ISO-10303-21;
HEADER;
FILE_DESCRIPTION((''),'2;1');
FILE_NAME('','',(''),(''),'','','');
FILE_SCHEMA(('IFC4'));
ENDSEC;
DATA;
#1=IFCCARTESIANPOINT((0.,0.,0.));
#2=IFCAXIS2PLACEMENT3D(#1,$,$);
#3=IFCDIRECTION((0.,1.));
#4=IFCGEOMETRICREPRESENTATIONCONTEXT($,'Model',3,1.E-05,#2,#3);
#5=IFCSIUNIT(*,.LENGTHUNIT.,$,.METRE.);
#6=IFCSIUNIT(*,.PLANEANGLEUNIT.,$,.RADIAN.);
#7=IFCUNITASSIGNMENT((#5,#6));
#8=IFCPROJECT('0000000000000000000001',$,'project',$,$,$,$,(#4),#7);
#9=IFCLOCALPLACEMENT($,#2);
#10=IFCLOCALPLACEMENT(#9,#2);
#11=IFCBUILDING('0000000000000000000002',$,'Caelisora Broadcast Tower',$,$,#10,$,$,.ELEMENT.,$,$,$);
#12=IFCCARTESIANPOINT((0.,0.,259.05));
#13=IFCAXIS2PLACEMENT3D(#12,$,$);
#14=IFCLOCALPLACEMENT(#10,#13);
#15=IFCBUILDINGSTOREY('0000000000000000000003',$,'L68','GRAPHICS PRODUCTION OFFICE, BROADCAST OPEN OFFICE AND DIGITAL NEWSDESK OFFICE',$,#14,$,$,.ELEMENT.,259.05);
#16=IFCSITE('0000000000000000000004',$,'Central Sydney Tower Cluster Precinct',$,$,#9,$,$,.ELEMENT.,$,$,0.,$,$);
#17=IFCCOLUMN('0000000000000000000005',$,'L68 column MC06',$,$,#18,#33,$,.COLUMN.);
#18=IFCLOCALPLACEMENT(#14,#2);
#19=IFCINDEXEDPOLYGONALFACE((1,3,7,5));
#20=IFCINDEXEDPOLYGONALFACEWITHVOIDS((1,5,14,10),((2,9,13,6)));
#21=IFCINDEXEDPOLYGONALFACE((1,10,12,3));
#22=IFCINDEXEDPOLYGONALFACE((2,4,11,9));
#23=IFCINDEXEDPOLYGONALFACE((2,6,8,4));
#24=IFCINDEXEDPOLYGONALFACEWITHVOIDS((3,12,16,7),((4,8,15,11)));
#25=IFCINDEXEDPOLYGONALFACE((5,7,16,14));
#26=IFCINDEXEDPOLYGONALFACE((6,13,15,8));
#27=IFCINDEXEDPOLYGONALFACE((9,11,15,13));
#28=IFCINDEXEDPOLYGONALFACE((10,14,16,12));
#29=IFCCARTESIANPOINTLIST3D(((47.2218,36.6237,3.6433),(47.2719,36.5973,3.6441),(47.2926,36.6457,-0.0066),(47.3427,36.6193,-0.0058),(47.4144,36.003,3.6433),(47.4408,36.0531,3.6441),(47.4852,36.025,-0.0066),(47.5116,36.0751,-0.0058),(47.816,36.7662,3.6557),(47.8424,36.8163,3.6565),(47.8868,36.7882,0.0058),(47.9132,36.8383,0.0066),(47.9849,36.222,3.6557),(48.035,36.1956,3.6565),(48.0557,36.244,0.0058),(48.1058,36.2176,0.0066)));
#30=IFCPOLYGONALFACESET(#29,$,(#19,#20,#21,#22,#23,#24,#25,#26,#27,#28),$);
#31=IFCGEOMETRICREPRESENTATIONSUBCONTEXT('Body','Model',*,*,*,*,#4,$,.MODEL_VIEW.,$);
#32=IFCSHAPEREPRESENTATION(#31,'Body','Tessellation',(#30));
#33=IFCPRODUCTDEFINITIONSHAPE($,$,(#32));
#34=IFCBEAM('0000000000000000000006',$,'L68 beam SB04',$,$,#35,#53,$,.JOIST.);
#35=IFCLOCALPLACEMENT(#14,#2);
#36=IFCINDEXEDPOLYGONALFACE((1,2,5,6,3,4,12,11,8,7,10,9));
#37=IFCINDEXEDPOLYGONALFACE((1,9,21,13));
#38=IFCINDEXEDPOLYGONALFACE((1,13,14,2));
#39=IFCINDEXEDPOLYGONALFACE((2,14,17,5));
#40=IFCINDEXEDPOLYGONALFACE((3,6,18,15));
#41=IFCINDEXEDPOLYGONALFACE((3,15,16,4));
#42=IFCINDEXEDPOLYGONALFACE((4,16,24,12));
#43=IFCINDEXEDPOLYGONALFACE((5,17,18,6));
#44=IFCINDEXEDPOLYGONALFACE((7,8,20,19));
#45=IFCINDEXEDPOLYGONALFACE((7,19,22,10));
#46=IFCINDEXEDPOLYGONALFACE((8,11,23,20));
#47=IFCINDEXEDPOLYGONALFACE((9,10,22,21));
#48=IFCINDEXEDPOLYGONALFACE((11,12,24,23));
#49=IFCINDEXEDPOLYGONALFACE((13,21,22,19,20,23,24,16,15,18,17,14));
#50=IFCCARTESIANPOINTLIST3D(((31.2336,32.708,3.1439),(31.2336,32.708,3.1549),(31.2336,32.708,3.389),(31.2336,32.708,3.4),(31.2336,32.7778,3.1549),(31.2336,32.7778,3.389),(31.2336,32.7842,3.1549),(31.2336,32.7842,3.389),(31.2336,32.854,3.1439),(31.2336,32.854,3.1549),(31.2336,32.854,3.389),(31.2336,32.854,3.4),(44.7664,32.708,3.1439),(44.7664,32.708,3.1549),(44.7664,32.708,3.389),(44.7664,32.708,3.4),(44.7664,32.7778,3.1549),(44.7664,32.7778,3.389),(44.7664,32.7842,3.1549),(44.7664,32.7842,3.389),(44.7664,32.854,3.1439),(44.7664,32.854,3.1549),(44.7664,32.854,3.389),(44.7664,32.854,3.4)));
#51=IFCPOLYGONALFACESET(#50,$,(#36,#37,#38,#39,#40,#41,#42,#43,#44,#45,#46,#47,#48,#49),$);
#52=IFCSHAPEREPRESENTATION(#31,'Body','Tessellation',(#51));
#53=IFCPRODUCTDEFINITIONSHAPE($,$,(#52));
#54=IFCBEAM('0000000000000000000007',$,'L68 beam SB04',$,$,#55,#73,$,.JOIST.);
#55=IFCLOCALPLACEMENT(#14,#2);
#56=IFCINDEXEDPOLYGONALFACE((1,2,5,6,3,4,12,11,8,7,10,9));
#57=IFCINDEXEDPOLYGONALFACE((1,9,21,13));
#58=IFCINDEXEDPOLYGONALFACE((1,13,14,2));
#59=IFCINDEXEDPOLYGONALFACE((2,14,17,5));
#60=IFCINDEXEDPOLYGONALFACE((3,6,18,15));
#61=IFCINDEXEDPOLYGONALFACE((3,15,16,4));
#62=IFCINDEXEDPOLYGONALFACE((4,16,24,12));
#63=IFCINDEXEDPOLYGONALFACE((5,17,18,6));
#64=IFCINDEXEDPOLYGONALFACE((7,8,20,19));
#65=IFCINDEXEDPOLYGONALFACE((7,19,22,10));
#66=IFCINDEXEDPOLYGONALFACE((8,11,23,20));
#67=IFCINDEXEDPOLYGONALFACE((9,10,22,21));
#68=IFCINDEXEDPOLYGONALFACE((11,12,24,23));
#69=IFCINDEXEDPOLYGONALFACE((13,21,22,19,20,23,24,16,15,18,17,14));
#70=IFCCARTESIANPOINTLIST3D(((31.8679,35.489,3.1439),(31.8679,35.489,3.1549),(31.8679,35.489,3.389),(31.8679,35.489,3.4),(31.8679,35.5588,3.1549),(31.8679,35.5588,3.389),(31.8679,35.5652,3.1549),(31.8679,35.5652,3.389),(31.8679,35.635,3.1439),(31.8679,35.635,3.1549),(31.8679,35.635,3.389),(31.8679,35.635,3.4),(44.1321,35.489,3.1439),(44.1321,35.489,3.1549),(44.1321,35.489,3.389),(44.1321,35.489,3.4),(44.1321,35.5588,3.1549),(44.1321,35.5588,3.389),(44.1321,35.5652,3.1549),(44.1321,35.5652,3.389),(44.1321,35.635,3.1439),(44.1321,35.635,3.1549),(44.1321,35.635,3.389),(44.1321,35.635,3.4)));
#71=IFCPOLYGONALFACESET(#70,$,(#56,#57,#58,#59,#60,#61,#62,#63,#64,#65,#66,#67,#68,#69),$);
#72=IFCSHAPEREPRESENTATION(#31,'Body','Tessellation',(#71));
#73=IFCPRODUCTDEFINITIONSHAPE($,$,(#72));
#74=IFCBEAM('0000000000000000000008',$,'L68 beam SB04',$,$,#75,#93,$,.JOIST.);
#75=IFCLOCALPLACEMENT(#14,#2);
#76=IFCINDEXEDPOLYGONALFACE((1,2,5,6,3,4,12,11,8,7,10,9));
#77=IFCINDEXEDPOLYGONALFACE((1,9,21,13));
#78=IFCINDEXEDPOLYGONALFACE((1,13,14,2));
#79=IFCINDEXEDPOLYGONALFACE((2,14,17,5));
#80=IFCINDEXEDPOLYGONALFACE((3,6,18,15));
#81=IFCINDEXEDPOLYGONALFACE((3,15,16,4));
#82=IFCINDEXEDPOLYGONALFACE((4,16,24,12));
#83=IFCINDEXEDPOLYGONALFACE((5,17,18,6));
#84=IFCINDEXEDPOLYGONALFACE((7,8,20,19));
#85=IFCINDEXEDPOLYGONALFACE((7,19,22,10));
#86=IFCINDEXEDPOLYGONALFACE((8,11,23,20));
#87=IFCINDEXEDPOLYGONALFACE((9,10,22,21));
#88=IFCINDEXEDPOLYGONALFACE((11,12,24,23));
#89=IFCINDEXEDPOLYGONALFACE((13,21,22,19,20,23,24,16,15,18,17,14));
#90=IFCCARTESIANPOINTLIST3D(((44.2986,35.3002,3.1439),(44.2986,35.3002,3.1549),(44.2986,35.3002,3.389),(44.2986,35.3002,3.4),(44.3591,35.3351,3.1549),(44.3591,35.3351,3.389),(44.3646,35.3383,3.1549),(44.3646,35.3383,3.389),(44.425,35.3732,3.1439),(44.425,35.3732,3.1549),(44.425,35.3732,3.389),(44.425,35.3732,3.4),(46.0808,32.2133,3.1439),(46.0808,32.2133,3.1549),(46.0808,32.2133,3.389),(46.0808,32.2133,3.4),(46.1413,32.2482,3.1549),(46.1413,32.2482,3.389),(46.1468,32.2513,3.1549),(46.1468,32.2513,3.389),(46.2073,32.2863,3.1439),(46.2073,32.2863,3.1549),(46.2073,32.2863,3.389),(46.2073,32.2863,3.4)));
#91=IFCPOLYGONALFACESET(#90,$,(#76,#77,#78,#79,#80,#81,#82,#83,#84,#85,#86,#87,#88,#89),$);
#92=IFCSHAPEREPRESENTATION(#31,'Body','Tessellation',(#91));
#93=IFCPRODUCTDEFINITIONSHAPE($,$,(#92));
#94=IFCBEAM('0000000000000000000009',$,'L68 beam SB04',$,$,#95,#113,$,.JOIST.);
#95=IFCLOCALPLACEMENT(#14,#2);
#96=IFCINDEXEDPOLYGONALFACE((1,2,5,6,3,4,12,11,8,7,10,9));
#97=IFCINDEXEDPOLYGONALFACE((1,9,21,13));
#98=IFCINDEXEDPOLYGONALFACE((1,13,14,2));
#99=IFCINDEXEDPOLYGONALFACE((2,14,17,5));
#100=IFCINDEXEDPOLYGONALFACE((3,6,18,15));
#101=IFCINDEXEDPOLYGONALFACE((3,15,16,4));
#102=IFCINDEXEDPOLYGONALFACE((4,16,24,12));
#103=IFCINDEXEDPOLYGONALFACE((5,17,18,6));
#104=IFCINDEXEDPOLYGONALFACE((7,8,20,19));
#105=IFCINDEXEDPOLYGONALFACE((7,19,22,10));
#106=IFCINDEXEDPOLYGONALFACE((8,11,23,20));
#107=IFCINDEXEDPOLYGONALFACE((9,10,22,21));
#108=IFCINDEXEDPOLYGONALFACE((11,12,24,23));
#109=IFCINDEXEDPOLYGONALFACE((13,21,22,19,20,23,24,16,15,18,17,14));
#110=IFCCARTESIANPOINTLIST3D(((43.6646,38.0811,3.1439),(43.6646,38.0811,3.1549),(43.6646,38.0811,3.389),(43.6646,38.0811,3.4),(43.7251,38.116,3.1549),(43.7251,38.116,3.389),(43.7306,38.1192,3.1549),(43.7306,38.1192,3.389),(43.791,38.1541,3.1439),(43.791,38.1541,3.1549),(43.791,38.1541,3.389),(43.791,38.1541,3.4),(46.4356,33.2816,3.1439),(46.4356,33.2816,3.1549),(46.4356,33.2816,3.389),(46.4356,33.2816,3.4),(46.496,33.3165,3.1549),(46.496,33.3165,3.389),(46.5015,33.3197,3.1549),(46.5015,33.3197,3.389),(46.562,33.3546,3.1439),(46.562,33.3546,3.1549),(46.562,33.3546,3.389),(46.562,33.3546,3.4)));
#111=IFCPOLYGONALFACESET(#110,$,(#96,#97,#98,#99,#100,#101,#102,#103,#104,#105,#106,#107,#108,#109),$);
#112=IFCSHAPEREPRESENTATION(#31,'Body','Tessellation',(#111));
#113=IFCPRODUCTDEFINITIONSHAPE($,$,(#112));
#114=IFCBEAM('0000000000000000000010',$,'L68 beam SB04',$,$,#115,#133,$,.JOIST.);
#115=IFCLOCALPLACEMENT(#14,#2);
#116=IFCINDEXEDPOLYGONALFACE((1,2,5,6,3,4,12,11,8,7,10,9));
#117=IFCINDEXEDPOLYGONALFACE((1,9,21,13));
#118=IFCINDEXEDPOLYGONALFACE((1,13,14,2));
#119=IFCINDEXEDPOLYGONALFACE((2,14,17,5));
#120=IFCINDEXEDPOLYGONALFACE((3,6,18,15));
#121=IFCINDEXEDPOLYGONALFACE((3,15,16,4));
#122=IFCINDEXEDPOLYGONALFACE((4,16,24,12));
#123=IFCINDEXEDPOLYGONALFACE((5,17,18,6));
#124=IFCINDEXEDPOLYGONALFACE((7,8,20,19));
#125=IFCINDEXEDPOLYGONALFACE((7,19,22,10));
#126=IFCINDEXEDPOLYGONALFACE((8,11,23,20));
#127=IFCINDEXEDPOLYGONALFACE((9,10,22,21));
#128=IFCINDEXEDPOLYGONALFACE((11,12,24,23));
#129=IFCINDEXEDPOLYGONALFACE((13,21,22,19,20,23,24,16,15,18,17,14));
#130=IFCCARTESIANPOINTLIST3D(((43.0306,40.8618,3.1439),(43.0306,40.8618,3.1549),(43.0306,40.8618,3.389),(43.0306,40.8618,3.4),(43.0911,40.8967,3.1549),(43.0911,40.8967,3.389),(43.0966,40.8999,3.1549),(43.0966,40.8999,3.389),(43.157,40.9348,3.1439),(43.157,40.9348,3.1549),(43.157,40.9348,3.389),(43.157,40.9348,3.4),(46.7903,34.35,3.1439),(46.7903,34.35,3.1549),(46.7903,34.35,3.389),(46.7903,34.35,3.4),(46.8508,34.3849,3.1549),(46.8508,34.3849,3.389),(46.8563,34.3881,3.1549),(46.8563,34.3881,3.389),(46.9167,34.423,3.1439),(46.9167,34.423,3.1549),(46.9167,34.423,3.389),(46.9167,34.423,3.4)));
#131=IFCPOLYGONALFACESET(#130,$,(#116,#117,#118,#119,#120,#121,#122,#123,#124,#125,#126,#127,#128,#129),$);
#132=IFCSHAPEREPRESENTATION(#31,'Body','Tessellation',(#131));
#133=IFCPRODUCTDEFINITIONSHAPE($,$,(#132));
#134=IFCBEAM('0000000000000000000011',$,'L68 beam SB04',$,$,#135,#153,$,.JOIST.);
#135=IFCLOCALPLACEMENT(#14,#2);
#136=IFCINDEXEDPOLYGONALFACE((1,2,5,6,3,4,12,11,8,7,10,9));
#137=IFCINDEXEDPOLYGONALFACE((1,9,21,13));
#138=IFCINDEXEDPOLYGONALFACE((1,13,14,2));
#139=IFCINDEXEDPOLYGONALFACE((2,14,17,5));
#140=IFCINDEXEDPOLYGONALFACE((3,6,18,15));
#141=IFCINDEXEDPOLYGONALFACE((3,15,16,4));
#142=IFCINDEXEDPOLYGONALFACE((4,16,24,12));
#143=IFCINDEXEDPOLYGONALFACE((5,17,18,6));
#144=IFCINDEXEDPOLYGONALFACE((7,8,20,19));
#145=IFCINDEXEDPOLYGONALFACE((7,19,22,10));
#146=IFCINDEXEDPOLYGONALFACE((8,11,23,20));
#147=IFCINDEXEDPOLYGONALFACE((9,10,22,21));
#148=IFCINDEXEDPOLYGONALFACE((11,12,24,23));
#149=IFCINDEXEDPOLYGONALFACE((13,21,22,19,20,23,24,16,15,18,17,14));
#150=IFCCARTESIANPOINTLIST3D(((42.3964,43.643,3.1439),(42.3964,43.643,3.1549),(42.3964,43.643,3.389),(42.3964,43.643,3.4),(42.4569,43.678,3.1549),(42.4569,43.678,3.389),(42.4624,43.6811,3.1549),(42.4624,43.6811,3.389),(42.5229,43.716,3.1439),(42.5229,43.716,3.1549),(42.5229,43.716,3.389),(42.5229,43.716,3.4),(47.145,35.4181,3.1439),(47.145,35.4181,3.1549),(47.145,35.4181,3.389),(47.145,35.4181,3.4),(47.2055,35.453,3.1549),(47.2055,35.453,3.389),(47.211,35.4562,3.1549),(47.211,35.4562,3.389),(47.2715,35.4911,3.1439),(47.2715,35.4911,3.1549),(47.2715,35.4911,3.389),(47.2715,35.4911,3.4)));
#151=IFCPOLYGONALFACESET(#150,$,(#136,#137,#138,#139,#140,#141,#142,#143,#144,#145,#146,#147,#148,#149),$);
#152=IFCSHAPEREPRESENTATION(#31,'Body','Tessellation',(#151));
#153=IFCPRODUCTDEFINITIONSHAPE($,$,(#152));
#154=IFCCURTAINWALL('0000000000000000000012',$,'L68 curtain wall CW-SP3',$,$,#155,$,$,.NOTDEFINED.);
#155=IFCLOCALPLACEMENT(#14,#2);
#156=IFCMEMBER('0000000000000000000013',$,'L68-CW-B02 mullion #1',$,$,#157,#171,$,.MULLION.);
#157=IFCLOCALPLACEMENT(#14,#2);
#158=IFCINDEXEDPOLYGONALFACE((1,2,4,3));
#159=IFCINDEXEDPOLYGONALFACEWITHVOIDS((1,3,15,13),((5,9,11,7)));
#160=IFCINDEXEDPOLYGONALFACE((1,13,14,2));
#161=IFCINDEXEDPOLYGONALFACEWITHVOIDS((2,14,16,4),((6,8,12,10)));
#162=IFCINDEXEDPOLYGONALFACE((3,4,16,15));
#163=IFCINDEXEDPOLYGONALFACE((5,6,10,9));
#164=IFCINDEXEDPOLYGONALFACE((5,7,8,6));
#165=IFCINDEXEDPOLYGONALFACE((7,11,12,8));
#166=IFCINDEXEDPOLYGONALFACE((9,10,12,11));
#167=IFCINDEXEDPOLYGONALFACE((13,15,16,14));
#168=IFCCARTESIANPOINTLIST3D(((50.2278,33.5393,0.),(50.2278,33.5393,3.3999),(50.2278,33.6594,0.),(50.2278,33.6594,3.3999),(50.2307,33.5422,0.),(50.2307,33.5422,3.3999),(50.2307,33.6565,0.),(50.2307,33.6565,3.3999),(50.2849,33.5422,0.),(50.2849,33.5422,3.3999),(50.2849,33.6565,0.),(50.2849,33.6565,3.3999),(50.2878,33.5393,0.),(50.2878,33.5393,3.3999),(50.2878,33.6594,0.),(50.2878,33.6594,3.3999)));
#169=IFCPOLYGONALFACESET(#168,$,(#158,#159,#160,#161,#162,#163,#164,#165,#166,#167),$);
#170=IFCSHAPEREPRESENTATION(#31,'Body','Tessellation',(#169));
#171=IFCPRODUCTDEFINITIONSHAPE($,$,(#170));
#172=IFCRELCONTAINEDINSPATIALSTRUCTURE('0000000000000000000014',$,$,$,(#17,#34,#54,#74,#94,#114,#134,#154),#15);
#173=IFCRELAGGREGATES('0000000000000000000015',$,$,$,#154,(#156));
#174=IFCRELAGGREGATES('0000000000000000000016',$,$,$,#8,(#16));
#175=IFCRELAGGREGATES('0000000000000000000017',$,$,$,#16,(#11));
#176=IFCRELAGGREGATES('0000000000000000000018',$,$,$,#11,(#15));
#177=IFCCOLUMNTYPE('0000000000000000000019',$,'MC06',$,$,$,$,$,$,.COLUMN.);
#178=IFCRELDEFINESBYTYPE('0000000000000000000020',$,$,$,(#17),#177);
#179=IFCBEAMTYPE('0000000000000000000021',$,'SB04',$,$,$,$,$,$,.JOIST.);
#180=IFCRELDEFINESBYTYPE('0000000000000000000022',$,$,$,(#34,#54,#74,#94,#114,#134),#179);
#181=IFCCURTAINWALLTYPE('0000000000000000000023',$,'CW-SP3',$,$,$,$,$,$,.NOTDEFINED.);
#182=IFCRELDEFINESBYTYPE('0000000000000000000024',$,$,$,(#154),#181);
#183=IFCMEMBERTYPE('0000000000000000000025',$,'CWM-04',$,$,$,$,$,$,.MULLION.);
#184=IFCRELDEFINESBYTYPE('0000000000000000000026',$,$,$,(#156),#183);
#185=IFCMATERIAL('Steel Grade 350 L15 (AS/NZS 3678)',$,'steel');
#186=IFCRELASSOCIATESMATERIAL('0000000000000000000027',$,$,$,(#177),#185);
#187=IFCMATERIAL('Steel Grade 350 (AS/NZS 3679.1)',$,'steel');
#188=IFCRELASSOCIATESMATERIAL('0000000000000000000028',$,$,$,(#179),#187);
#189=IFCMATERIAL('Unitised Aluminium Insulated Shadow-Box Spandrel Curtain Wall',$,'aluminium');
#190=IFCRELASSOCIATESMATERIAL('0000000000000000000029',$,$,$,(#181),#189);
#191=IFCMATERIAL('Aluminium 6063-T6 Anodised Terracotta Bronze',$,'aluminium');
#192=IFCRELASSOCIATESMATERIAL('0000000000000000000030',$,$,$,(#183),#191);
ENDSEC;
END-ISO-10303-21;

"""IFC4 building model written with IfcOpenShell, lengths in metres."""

from ifc_helpers import new_model, si_unit, direction, frame, origin, origin_2d, place, context, subcontext, project, spatial, hollow_rectangle, i_section, extrude, source, transform, mapped, material, material_profile, profile_set, type_object, type_shapes, element, aggregate, save


model = new_model("IFC4")

# Units and contexts
model_context = context("Model", 3, precision=1e-05, world=origin(), true_north=direction((0.0, 1.0)))
body_context = subcontext(model_context, "Body", "Model", "MODEL_VIEW")
ifc_project = project(units=[si_unit("LENGTHUNIT", "METRE"), si_unit("PLANEANGLEUNIT", "RADIAN")], contexts=[model_context])

# Site, building, storey
site_placement = place(None, origin())
site = spatial("IfcSite", under=ifc_project, at=site_placement, Name="Central Sydney Tower Cluster Precinct", CompositionType="ELEMENT", RefElevation=0.0)
building_placement = place(site_placement, origin())
building = spatial("IfcBuilding", under=site, at=building_placement, Name="Caelisora Broadcast Tower", CompositionType="ELEMENT")
storey_placement = place(building_placement, frame((0.0, 0.0, 259.05)))
storey = spatial("IfcBuildingStorey", under=building, at=storey_placement, Name="L68", Description="GRAPHICS PRODUCTION OFFICE, BROADCAST OPEN OFFICE AND DIGITAL NEWSDESK OFFICE", CompositionType="ELEMENT", Elevation=259.05)

# Column
ifc_material_1 = material(Name="Steel Grade 350 L15 (AS/NZS 3678)", Category="steel")
ifc_material_profile_1 = material_profile(ifc_material_1, hollow_rectangle(XDim=0.6499, YDim=0.6499, WallThickness=0.04, at=origin_2d()), Name="Steel Grade 350 L15 (AS/NZS 3678)")
ifc_profile_set_1 = profile_set([ifc_material_profile_1], Name="Steel Grade 350 L15 (AS/NZS 3678)")
column_type = type_object("IfcColumnType", Name="MC06", PredefinedType="COLUMN", material=ifc_profile_set_1)
shared_shape_1 = source(origin(), body_context, "Body", "SweptSolid", [
    extrude(hollow_rectangle(XDim=0.6499, YDim=0.6499, WallThickness=0.04, at=origin_2d()), origin(), (0.0, 0.0, 1.0), 3.6506),
])
type_shapes(column_type, [shared_shape_1])
column_placement = place(storey_placement, frame((47.6992, 36.4316, 0.0), z_axis=(-0.019394, -0.006019, 0.999794), x_axis=(0.296399, -0.955064, 0.0)))
element("IfcColumn", 1, at=column_placement, inside=storey, type_object=column_type, Name="L68 column MC06", PredefinedType="COLUMN", context=body_context, shape_type="MappedRepresentation", body=[
    mapped(shared_shape_1, transform((0.0, 0.0, 0.0), scale=1.0)),
])

# Beams
ifc_material_2 = material(Name="Steel Grade 350 (AS/NZS 3679.1)", Category="steel")
ifc_material_profile_2 = material_profile(ifc_material_2, i_section(OverallWidth=0.146, OverallDepth=0.2561, WebThickness=0.0063, FlangeThickness=0.011, at=origin_2d()), Name="Steel Grade 350 (AS/NZS 3679.1)")
ifc_profile_set_2 = profile_set([ifc_material_profile_2], Name="Steel Grade 350 (AS/NZS 3679.1)")
beam_type = type_object("IfcBeamType", Name="SB04", PredefinedType="JOIST", material=ifc_profile_set_2)
shared_shape_2 = source(origin(), body_context, "Body", "SweptSolid", [
    extrude(i_section(OverallWidth=0.146, OverallDepth=0.2561, WebThickness=0.0063, FlangeThickness=0.011, at=origin_2d()), origin(), (0.0, 0.0, 1.0), 13.5327),
])
beam_1_placement = place(storey_placement, frame((44.7664, 32.781, 3.272), z_axis=(-1.0, 0.0, 0.0), x_axis=(0.0, -1.0, 0.0)))
element("IfcBeam", 2, at=beam_1_placement, inside=storey, type_object=beam_type, Name="L68 beam SB04", PredefinedType="JOIST", context=body_context, shape_type="MappedRepresentation", body=[
    mapped(shared_shape_2, transform((0.0, 0.0, 0.0), scale=1.0)),
])
shared_shape_3 = source(origin(), body_context, "Body", "SweptSolid", [
    extrude(i_section(OverallWidth=0.146, OverallDepth=0.2561, WebThickness=0.0063, FlangeThickness=0.011, at=origin_2d()), origin(), (0.0, 0.0, 1.0), 12.2642),
])
beam_2_placement = place(storey_placement, frame((44.1321, 35.562, 3.272), z_axis=(-1.0, 0.0, 0.0), x_axis=(0.0, -1.0, 0.0)))
element("IfcBeam", 3, at=beam_2_placement, inside=storey, type_object=beam_type, Name="L68 beam SB04", PredefinedType="JOIST", context=body_context, shape_type="MappedRepresentation", body=[
    mapped(shared_shape_3, transform((0.0, 0.0, 0.0), scale=1.0)),
])
shared_shape_4 = source(origin(), body_context, "Body", "SweptSolid", [
    extrude(i_section(OverallWidth=0.146, OverallDepth=0.2561, WebThickness=0.0063, FlangeThickness=0.011, at=origin_2d()), origin(), (0.0, 0.0, 1.0), 3.5645),
])
beam_3_placement = place(storey_placement, frame((46.144, 32.2498, 3.272), z_axis=(-0.499999, 0.866026, 0.0), x_axis=(-0.866026, -0.499999, 0.0)))
element("IfcBeam", 4, at=beam_3_placement, inside=storey, type_object=beam_type, Name="L68 beam SB04", PredefinedType="JOIST", context=body_context, shape_type="MappedRepresentation", body=[
    mapped(shared_shape_4, transform((0.0, 0.0, 0.0), scale=1.0)),
])
shared_shape_5 = source(origin(), body_context, "Body", "SweptSolid", [
    extrude(i_section(OverallWidth=0.146, OverallDepth=0.2561, WebThickness=0.0063, FlangeThickness=0.011, at=origin_2d()), origin(), (0.0, 0.0, 1.0), 5.542),
])
beam_4_placement = place(storey_placement, frame((46.4988, 33.3181, 3.272), z_axis=(-0.499996, 0.866028, 0.0), x_axis=(-0.866028, -0.499996, 0.0)))
element("IfcBeam", 5, at=beam_4_placement, inside=storey, type_object=beam_type, Name="L68 beam SB04", PredefinedType="JOIST", context=body_context, shape_type="MappedRepresentation", body=[
    mapped(shared_shape_5, transform((0.0, 0.0, 0.0), scale=1.0)),
])
shared_shape_6 = source(origin(), body_context, "Body", "SweptSolid", [
    extrude(i_section(OverallWidth=0.146, OverallDepth=0.2561, WebThickness=0.0063, FlangeThickness=0.011, at=origin_2d()), origin(), (0.0, 0.0, 1.0), 7.5193),
])
beam_5_placement = place(storey_placement, frame((46.8535, 34.3865, 3.272), z_axis=(-0.500008, 0.866021, 0.0), x_axis=(-0.866021, -0.500008, 0.0)))
element("IfcBeam", 6, at=beam_5_placement, inside=storey, type_object=beam_type, Name="L68 beam SB04", PredefinedType="JOIST", context=body_context, shape_type="MappedRepresentation", body=[
    mapped(shared_shape_6, transform((0.0, 0.0, 0.0), scale=1.0)),
])
shared_shape_7 = source(origin(), body_context, "Body", "SweptSolid", [
    extrude(i_section(OverallWidth=0.146, OverallDepth=0.2561, WebThickness=0.0063, FlangeThickness=0.011, at=origin_2d()), origin(), (0.0, 0.0, 1.0), 9.4973),
])
type_shapes(beam_type, [shared_shape_2, shared_shape_3, shared_shape_4, shared_shape_5, shared_shape_6, shared_shape_7])
beam_6_placement = place(storey_placement, frame((47.2083, 35.4546, 3.272), z_axis=(-0.499993, 0.866029, 0.0), x_axis=(-0.866029, -0.499993, 0.0)))
element("IfcBeam", 7, at=beam_6_placement, inside=storey, type_object=beam_type, Name="L68 beam SB04", PredefinedType="JOIST", context=body_context, shape_type="MappedRepresentation", body=[
    mapped(shared_shape_7, transform((0.0, 0.0, 0.0), scale=1.0)),
])

# Curtain wall, member
ifc_material_3 = material(Name="Unitised Aluminium Insulated Shadow-Box Spandrel Curtain Wall", Category="aluminium")
curtain_wall_type = type_object("IfcCurtainWallType", Name="CW-SP3", PredefinedType="NOTDEFINED", material=ifc_material_3)
curtain_wall_placement = place(storey_placement, origin())
curtain_wall = element("IfcCurtainWall", 8, at=curtain_wall_placement, inside=storey, type_object=curtain_wall_type, Name="L68 curtain wall CW-SP3", PredefinedType="NOTDEFINED")
ifc_material_4 = material(Name="Aluminium 6063-T6 Anodised Terracotta Bronze", Category="aluminium")
ifc_material_profile_3 = material_profile(ifc_material_4, hollow_rectangle(XDim=0.0601, YDim=0.1201, WallThickness=0.0029, at=origin_2d()), Name="Aluminium 6063-T6 Anodised Terracotta Bronze")
ifc_profile_set_3 = profile_set([ifc_material_profile_3], Name="Aluminium 6063-T6 Anodised Terracotta Bronze")
member_type = type_object("IfcMemberType", Name="CWM-04", PredefinedType="MULLION", material=ifc_profile_set_3)
shared_shape_8 = source(origin(), body_context, "Body", "SweptSolid", [
    extrude(hollow_rectangle(XDim=0.0601, YDim=0.1201, WallThickness=0.0029, at=origin_2d()), origin(), (0.0, 0.0, 1.0), 3.3999),
])
type_shapes(member_type, [shared_shape_8])
member_placement = place(storey_placement, frame((50.2578, 33.5994, 0.0), z_axis=(0.0, 0.0, 1.0), x_axis=(1.0, 0.0, 0.0)))
member = element("IfcMember", 9, at=member_placement, type_object=member_type, Name="L68-CW-B02 mullion #1", PredefinedType="MULLION", context=body_context, shape_type="MappedRepresentation", body=[
    mapped(shared_shape_8, transform((0.0, 0.0, 0.0), scale=1.0)),
])

aggregate(curtain_wall, [member])

save(model, "model.ifc")
